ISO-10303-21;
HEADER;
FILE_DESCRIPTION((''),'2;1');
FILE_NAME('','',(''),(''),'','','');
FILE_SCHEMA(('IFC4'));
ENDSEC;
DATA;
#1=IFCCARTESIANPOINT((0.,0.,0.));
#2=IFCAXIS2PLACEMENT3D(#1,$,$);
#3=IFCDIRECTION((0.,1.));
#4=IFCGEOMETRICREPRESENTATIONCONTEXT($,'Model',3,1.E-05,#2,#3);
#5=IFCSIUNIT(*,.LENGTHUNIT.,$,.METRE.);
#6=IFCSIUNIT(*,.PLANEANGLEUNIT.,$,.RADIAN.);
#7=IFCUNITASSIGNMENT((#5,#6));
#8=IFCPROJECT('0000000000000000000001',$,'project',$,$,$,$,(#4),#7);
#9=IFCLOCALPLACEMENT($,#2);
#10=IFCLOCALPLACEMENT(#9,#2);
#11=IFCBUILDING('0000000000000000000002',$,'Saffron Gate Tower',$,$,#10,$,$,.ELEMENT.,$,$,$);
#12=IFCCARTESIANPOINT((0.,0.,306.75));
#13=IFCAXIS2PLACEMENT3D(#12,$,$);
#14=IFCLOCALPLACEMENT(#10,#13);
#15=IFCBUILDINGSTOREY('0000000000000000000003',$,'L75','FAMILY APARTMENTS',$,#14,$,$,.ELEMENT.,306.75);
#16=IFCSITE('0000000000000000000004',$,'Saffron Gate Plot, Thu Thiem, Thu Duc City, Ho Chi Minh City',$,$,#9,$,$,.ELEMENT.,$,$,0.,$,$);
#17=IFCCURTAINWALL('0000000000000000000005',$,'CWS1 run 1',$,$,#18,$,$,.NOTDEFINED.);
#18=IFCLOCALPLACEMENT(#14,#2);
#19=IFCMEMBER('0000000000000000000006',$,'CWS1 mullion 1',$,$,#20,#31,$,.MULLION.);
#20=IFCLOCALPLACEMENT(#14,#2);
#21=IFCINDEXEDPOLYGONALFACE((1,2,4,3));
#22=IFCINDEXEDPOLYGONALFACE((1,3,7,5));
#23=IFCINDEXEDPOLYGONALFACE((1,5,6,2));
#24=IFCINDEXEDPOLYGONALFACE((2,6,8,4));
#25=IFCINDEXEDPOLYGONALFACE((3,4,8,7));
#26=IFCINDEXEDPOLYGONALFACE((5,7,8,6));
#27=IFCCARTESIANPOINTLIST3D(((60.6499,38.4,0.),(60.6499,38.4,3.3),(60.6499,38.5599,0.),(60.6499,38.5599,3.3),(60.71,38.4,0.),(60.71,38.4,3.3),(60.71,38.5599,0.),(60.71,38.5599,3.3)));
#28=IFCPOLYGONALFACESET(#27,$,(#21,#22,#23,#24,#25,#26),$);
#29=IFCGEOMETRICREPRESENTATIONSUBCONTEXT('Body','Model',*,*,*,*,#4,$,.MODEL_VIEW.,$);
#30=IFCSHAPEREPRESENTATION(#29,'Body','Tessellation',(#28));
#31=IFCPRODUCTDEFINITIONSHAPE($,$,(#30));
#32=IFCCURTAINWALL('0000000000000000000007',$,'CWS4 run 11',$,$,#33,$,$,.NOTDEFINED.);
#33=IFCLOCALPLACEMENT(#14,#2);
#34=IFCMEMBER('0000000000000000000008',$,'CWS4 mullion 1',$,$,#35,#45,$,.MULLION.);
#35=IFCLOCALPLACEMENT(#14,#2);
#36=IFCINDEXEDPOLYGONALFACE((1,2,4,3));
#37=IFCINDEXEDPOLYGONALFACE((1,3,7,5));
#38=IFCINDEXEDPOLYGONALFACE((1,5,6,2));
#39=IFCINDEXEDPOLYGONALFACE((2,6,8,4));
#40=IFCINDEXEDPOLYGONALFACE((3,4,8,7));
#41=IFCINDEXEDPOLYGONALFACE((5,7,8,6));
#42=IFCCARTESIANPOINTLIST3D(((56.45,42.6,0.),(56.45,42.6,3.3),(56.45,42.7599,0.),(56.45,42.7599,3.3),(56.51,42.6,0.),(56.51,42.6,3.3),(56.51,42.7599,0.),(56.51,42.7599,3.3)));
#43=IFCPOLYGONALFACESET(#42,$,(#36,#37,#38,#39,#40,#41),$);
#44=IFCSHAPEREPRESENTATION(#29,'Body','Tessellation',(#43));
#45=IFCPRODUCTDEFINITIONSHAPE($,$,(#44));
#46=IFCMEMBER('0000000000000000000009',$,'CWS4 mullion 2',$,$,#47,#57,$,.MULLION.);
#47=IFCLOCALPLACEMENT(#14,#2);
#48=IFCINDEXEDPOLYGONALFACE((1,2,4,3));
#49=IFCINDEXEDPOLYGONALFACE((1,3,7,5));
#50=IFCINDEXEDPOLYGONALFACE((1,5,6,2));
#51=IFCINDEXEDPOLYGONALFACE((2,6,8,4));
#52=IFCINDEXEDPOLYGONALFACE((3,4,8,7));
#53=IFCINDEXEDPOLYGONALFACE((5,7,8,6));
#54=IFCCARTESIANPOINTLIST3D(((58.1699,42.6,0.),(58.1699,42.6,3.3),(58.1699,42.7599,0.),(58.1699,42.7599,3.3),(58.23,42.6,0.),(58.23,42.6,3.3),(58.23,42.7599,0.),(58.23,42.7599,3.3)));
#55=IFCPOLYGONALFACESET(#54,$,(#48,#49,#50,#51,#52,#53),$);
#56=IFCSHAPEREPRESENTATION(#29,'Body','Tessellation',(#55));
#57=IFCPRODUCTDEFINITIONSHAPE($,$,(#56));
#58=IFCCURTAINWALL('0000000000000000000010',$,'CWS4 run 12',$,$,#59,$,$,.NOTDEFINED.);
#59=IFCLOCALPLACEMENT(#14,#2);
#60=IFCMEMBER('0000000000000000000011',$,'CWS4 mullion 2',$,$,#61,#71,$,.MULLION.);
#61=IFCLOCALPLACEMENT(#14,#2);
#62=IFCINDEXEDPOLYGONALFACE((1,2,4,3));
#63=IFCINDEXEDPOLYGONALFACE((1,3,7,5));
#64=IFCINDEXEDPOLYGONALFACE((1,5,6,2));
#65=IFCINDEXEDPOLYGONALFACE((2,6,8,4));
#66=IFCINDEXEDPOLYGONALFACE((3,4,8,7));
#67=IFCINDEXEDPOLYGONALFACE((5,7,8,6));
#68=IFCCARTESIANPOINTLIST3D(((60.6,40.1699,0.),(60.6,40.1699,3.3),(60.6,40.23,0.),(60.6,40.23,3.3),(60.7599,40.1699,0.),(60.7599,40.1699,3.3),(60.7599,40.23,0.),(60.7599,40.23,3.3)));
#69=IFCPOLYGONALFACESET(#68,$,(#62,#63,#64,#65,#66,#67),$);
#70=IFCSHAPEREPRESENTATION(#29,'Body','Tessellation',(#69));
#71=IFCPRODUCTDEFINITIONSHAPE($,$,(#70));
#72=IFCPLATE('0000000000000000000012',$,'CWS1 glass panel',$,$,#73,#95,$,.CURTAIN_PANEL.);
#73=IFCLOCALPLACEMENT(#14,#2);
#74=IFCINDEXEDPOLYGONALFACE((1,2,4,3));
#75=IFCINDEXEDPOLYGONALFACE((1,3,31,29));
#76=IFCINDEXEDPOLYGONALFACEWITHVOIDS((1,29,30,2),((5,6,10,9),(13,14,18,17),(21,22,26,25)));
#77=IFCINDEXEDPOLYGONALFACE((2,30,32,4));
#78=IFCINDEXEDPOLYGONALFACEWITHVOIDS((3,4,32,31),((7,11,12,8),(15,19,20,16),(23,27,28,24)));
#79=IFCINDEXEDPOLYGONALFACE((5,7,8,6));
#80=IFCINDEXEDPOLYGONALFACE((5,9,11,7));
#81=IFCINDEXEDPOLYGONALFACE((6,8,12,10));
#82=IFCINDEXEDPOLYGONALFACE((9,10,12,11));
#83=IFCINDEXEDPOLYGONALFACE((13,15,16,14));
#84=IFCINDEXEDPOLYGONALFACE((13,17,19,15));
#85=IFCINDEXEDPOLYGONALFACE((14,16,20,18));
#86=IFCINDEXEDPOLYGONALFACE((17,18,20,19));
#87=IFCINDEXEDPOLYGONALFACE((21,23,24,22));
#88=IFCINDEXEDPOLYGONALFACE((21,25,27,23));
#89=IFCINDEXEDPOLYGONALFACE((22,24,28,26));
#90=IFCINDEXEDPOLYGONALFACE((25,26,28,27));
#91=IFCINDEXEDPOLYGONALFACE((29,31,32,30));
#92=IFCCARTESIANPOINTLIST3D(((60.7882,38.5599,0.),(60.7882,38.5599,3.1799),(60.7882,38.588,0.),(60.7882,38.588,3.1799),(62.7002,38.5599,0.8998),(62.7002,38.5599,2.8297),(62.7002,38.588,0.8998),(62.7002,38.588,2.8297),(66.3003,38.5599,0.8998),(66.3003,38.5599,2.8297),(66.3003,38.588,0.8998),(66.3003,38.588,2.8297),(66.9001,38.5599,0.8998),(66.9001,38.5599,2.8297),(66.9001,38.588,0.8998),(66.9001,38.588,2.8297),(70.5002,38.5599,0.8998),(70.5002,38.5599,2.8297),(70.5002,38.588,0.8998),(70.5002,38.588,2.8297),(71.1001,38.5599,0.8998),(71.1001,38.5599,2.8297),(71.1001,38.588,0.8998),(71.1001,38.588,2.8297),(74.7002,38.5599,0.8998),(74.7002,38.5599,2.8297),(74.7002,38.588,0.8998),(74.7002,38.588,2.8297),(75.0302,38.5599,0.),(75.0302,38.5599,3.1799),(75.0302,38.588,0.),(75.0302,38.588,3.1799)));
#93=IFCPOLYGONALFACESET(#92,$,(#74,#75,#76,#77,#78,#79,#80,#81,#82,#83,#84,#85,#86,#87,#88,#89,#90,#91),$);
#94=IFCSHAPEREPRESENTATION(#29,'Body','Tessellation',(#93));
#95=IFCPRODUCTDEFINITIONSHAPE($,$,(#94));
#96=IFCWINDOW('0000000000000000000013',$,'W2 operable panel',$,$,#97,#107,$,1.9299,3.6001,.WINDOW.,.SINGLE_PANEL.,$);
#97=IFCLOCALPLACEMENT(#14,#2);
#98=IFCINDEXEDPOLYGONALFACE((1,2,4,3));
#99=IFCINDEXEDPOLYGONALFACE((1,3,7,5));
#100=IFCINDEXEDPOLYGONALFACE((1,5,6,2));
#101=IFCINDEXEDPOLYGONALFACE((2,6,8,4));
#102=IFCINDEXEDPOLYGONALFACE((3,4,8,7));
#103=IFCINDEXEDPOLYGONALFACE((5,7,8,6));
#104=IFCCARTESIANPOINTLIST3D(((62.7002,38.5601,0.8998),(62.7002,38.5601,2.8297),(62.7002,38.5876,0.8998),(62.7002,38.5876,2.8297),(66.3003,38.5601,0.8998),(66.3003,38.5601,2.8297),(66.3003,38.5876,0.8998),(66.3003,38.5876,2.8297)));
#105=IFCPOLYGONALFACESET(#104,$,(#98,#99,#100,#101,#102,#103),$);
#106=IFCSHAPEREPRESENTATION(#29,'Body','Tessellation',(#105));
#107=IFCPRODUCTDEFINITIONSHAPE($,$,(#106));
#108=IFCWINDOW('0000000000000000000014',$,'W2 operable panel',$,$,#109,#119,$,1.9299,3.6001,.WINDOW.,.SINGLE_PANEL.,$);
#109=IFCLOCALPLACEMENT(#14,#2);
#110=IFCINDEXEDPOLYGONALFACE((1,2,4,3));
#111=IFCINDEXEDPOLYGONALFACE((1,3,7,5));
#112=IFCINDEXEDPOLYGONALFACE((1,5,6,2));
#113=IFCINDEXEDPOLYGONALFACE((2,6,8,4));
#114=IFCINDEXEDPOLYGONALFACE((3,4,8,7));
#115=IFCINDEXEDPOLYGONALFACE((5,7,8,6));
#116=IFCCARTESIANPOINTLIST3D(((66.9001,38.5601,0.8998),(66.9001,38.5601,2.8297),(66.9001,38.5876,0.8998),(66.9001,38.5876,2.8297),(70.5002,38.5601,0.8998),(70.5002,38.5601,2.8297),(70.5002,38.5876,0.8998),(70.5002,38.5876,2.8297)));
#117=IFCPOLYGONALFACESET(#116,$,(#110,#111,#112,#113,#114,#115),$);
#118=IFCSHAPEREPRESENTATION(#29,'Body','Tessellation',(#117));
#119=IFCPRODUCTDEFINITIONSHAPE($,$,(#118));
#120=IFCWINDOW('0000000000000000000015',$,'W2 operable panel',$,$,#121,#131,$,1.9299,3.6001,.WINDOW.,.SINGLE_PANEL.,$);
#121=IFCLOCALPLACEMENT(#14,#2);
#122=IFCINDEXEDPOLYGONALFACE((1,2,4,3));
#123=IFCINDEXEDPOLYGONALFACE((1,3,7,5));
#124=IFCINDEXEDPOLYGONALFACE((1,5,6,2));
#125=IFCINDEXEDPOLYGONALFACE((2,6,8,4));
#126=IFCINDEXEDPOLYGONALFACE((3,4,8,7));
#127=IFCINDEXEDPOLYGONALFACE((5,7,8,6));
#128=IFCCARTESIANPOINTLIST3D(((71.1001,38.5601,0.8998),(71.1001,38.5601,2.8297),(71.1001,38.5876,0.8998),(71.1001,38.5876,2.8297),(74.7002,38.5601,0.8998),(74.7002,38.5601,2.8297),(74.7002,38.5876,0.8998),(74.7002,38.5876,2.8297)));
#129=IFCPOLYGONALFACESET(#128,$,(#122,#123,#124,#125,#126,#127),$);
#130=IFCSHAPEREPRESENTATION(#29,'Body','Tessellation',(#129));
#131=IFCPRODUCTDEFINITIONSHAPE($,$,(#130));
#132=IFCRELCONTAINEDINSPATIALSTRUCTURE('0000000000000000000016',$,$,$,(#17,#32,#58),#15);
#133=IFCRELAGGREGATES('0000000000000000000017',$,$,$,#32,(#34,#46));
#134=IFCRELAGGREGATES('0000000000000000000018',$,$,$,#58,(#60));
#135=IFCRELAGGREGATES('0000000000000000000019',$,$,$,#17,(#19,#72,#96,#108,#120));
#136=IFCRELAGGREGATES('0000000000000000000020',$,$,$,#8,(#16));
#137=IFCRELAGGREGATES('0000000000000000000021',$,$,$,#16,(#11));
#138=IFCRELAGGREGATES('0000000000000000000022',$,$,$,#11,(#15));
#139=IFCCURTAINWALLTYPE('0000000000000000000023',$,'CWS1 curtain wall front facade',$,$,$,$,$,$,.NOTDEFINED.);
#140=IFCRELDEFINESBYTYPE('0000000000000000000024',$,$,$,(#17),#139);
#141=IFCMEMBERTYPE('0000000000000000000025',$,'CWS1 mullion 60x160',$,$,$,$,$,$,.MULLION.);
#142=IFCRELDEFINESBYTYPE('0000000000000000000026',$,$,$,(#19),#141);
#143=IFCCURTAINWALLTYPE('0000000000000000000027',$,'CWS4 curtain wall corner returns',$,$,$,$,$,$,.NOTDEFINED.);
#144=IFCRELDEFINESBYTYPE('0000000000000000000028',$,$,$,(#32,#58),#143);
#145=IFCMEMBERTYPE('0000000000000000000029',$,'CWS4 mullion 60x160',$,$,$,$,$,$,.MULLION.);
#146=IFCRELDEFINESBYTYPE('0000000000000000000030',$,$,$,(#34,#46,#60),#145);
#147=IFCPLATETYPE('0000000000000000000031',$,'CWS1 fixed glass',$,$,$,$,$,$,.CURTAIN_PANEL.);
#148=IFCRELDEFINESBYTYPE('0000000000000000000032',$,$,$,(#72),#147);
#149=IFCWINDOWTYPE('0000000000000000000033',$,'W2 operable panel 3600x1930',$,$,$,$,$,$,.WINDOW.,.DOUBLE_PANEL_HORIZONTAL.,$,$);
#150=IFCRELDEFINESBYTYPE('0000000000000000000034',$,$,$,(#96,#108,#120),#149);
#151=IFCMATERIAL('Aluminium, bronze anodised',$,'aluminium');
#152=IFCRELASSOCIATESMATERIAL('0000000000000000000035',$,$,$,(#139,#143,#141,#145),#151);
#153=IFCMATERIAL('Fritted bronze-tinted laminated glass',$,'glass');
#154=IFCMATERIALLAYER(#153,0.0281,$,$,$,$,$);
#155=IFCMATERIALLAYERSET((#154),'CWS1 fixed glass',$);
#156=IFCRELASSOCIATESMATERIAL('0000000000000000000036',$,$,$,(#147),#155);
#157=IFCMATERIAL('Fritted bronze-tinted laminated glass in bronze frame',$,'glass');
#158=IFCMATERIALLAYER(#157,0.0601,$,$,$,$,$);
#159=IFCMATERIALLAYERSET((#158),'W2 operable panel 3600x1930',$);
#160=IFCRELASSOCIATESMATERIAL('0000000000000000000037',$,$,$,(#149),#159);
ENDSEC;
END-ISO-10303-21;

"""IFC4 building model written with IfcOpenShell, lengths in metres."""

from ifc_helpers import new_model, si_unit, direction, frame, frame_2d, origin, origin_2d, place, context, subcontext, project, spatial, rectangle, extrude, material, layer, layer_set, material_profile, profile_set, type_object, element, fill, aggregate, save


model = new_model("IFC4")

# Units and contexts
model_context = context("Model", 3, precision=1e-05, world=origin(), true_north=direction((0.0, 1.0)))
body_context = subcontext(model_context, "Body", "Model", "MODEL_VIEW")
ifc_project = project(units=[si_unit("LENGTHUNIT", "METRE"), si_unit("PLANEANGLEUNIT", "RADIAN")], contexts=[model_context])

# Site, building, storey
site_placement = place(None, origin())
site = spatial("IfcSite", under=ifc_project, at=site_placement, Name="Saffron Gate Plot, Thu Thiem, Thu Duc City, Ho Chi Minh City", CompositionType="ELEMENT", RefElevation=0.0)
building_placement = place(site_placement, origin())
building = spatial("IfcBuilding", under=site, at=building_placement, Name="Saffron Gate Tower", CompositionType="ELEMENT")
storey_placement = place(building_placement, frame((0.0, 0.0, 306.75)))
storey = spatial("IfcBuildingStorey", under=building, at=storey_placement, Name="L75", Description="FAMILY APARTMENTS", CompositionType="ELEMENT", Elevation=306.75)

# Curtain wall, member
ifc_material_1 = material(Name="Aluminium, bronze anodised", Category="aluminium")
curtain_wall_type_1 = type_object("IfcCurtainWallType", Name="CWS1 curtain wall front facade", PredefinedType="NOTDEFINED", material=ifc_material_1)
curtain_wall_1_placement = place(storey_placement, origin())
curtain_wall_1 = element("IfcCurtainWall", 1, at=curtain_wall_1_placement, inside=storey, type_object=curtain_wall_type_1, Name="CWS1 run 1", PredefinedType="NOTDEFINED")
ifc_material_profile_1 = material_profile(ifc_material_1, rectangle(XDim=0.1599, YDim=0.0601, at=origin_2d()))
ifc_profile_set_1 = profile_set([ifc_material_profile_1], Name="Aluminium, bronze anodised")
member_type_1 = type_object("IfcMemberType", Name="CWS1 mullion 60x160", PredefinedType="MULLION", material=ifc_profile_set_1)
member_1_placement = place(storey_placement, frame((60.6799, 38.48, 0.0), z_axis=(0.0, 0.0, 1.0), x_axis=(0.0, 1.0, 0.0)))
member_1 = element("IfcMember", 2, at=member_1_placement, type_object=member_type_1, Name="CWS1 mullion 1", PredefinedType="MULLION", context=body_context, shape_type="SweptSolid", body=[
    extrude(rectangle(XDim=0.1599, YDim=0.0601, at=origin_2d()), origin(), (0.0, 0.0, 1.0), 3.3),
])

# Curtain wall, members
curtain_wall_type_2 = type_object("IfcCurtainWallType", Name="CWS4 curtain wall corner returns", PredefinedType="NOTDEFINED", material=ifc_material_1)
curtain_wall_2_placement = place(storey_placement, origin())
curtain_wall_2 = element("IfcCurtainWall", 3, at=curtain_wall_2_placement, inside=storey, type_object=curtain_wall_type_2, Name="CWS4 run 11", PredefinedType="NOTDEFINED")
ifc_material_profile_2 = material_profile(ifc_material_1, rectangle(XDim=0.1599, YDim=0.0601, at=origin_2d()))
ifc_profile_set_2 = profile_set([ifc_material_profile_2], Name="Aluminium, bronze anodised")
member_type_2 = type_object("IfcMemberType", Name="CWS4 mullion 60x160", PredefinedType="MULLION", material=ifc_profile_set_2)
member_2_placement = place(storey_placement, frame((56.48, 42.6799, 0.0), z_axis=(0.0, 0.0, 1.0), x_axis=(0.0, 1.0, 0.0)))
member_2 = element("IfcMember", 4, at=member_2_placement, type_object=member_type_2, Name="CWS4 mullion 1", PredefinedType="MULLION", context=body_context, shape_type="SweptSolid", body=[
    extrude(rectangle(XDim=0.1599, YDim=0.0601, at=origin_2d()), origin(), (0.0, 0.0, 1.0), 3.3),
])
member_3_placement = place(storey_placement, frame((58.2, 42.6799, 0.0), z_axis=(0.0, 0.0, 1.0), x_axis=(0.0, 1.0, 0.0)))
member_3 = element("IfcMember", 5, at=member_3_placement, type_object=member_type_2, Name="CWS4 mullion 2", PredefinedType="MULLION", context=body_context, shape_type="SweptSolid", body=[
    extrude(rectangle(XDim=0.1599, YDim=0.0601, at=origin_2d()), origin(), (0.0, 0.0, 1.0), 3.3),
])
aggregate(curtain_wall_2, [member_2, member_3])

# Curtain wall, member
curtain_wall_3_placement = place(storey_placement, origin())
curtain_wall_3 = element("IfcCurtainWall", 6, at=curtain_wall_3_placement, inside=storey, type_object=curtain_wall_type_2, Name="CWS4 run 12", PredefinedType="NOTDEFINED")
member_4_placement = place(storey_placement, frame((60.6799, 40.2, 0.0), z_axis=(0.0, 0.0, 1.0), x_axis=(1.0, 0.0, 0.0)))
member_4 = element("IfcMember", 7, at=member_4_placement, type_object=member_type_2, Name="CWS4 mullion 2", PredefinedType="MULLION", context=body_context, shape_type="SweptSolid", body=[
    extrude(rectangle(XDim=0.1599, YDim=0.0601, at=origin_2d()), origin(), (0.0, 0.0, 1.0), 3.3),
])
aggregate(curtain_wall_3, [member_4])

# Plate, openings, windows
ifc_material_2 = material(Name="Fritted bronze-tinted laminated glass", Category="glass")
ifc_layer_1 = layer(ifc_material_2, 0.0281)
ifc_layer_set_1 = layer_set([ifc_layer_1], Name="CWS1 fixed glass")
plate_type = type_object("IfcPlateType", Name="CWS1 fixed glass", PredefinedType="CURTAIN_PANEL", material=ifc_layer_set_1)
plate_placement = place(storey_placement, frame((60.7881, 38.574, 0.0), z_axis=(0.0, 0.0, 1.0), x_axis=(1.0, 0.0, 0.0)))
plate = element("IfcPlate", 8, at=plate_placement, type_object=plate_type, Name="CWS1 glass panel", PredefinedType="CURTAIN_PANEL", context=body_context, shape_type="SweptSolid", body=[
    extrude(rectangle(XDim=14.2419, YDim=0.0281, at=frame_2d((7.1211, 0.0))), origin(), (0.0, 0.0, 1.0), 3.1799),
])
opening_1_placement = place(plate_placement, frame((1.9121, 0.0, 0.8999)))
opening_1 = element("IfcOpeningElement", 9, at=opening_1_placement, cuts=plate, PredefinedType="OPENING", context=body_context, shape_type="SweptSolid", body=[
    extrude(rectangle(XDim=3.6001, YDim=1.9299, at=frame_2d((1.8, 0.9648))), frame((0.0, 0.0239, 0.0), z_axis=(0.0, -1.0, 0.0), x_axis=(1.0, 0.0, 0.0)), (0.0, 0.0, 1.0), 0.0481),
])
opening_2_placement = place(plate_placement, frame((6.1121, 0.0, 0.8999)))
opening_2 = element("IfcOpeningElement", 10, at=opening_2_placement, cuts=plate, PredefinedType="OPENING", context=body_context, shape_type="SweptSolid", body=[
    extrude(rectangle(XDim=3.6001, YDim=1.9299, at=frame_2d((1.8, 0.9648))), frame((0.0, 0.0239, 0.0), z_axis=(0.0, -1.0, 0.0), x_axis=(1.0, 0.0, 0.0)), (0.0, 0.0, 1.0), 0.0481),
])
opening_3_placement = place(plate_placement, frame((10.312, 0.0, 0.8999)))
opening_3 = element("IfcOpeningElement", 11, at=opening_3_placement, cuts=plate, PredefinedType="OPENING", context=body_context, shape_type="SweptSolid", body=[
    extrude(rectangle(XDim=3.6001, YDim=1.9299, at=frame_2d((1.8, 0.9648))), frame((0.0, 0.0239, 0.0), z_axis=(0.0, -1.0, 0.0), x_axis=(1.0, 0.0, 0.0)), (0.0, 0.0, 1.0), 0.0481),
])
ifc_material_3 = material(Name="Fritted bronze-tinted laminated glass in bronze frame", Category="glass")
ifc_layer_2 = layer(ifc_material_3, 0.0601)
ifc_layer_set_2 = layer_set([ifc_layer_2], Name="W2 operable panel 3600x1930")
window_type = type_object("IfcWindowType", Name="W2 operable panel 3600x1930", PartitioningType="DOUBLE_PANEL_HORIZONTAL", PredefinedType="WINDOW", material=ifc_layer_set_2)
window_1_placement = place(opening_1_placement, origin())
window_1 = element("IfcWindow", 12, at=window_1_placement, type_object=window_type, Name="W2 operable panel", OverallHeight=1.9299, OverallWidth=3.6001, PartitioningType="SINGLE_PANEL", PredefinedType="WINDOW", context=body_context, shape_type="SweptSolid", body=[
    extrude(rectangle(XDim=3.6001, YDim=1.9299, at=frame_2d((1.8, 0.9648))), frame((0.0, 0.0137, 0.0), z_axis=(0.0, -1.0, 0.0), x_axis=(1.0, 0.0, 0.0)), (0.0, 0.0, 1.0), 0.0276),
])
fill(opening_1, window_1)
window_2_placement = place(opening_2_placement, origin())
window_2 = element("IfcWindow", 13, at=window_2_placement, type_object=window_type, Name="W2 operable panel", OverallHeight=1.9299, OverallWidth=3.6001, PartitioningType="SINGLE_PANEL", PredefinedType="WINDOW", context=body_context, shape_type="SweptSolid", body=[
    extrude(rectangle(XDim=3.6001, YDim=1.9299, at=frame_2d((1.8, 0.9648))), frame((0.0, 0.0137, 0.0), z_axis=(0.0, -1.0, 0.0), x_axis=(1.0, 0.0, 0.0)), (0.0, 0.0, 1.0), 0.0276),
])
fill(opening_2, window_2)
window_3_placement = place(opening_3_placement, origin())
window_3 = element("IfcWindow", 14, at=window_3_placement, type_object=window_type, Name="W2 operable panel", OverallHeight=1.9299, OverallWidth=3.6001, PartitioningType="SINGLE_PANEL", PredefinedType="WINDOW", context=body_context, shape_type="SweptSolid", body=[
    extrude(rectangle(XDim=3.6001, YDim=1.9299, at=frame_2d((1.8, 0.9648))), frame((0.0, 0.0137, 0.0), z_axis=(0.0, -1.0, 0.0), x_axis=(1.0, 0.0, 0.0)), (0.0, 0.0, 1.0), 0.0276),
])
fill(opening_3, window_3)
aggregate(curtain_wall_1, [member_1, plate, window_1, window_2, window_3])

save(model, "model.ifc")
